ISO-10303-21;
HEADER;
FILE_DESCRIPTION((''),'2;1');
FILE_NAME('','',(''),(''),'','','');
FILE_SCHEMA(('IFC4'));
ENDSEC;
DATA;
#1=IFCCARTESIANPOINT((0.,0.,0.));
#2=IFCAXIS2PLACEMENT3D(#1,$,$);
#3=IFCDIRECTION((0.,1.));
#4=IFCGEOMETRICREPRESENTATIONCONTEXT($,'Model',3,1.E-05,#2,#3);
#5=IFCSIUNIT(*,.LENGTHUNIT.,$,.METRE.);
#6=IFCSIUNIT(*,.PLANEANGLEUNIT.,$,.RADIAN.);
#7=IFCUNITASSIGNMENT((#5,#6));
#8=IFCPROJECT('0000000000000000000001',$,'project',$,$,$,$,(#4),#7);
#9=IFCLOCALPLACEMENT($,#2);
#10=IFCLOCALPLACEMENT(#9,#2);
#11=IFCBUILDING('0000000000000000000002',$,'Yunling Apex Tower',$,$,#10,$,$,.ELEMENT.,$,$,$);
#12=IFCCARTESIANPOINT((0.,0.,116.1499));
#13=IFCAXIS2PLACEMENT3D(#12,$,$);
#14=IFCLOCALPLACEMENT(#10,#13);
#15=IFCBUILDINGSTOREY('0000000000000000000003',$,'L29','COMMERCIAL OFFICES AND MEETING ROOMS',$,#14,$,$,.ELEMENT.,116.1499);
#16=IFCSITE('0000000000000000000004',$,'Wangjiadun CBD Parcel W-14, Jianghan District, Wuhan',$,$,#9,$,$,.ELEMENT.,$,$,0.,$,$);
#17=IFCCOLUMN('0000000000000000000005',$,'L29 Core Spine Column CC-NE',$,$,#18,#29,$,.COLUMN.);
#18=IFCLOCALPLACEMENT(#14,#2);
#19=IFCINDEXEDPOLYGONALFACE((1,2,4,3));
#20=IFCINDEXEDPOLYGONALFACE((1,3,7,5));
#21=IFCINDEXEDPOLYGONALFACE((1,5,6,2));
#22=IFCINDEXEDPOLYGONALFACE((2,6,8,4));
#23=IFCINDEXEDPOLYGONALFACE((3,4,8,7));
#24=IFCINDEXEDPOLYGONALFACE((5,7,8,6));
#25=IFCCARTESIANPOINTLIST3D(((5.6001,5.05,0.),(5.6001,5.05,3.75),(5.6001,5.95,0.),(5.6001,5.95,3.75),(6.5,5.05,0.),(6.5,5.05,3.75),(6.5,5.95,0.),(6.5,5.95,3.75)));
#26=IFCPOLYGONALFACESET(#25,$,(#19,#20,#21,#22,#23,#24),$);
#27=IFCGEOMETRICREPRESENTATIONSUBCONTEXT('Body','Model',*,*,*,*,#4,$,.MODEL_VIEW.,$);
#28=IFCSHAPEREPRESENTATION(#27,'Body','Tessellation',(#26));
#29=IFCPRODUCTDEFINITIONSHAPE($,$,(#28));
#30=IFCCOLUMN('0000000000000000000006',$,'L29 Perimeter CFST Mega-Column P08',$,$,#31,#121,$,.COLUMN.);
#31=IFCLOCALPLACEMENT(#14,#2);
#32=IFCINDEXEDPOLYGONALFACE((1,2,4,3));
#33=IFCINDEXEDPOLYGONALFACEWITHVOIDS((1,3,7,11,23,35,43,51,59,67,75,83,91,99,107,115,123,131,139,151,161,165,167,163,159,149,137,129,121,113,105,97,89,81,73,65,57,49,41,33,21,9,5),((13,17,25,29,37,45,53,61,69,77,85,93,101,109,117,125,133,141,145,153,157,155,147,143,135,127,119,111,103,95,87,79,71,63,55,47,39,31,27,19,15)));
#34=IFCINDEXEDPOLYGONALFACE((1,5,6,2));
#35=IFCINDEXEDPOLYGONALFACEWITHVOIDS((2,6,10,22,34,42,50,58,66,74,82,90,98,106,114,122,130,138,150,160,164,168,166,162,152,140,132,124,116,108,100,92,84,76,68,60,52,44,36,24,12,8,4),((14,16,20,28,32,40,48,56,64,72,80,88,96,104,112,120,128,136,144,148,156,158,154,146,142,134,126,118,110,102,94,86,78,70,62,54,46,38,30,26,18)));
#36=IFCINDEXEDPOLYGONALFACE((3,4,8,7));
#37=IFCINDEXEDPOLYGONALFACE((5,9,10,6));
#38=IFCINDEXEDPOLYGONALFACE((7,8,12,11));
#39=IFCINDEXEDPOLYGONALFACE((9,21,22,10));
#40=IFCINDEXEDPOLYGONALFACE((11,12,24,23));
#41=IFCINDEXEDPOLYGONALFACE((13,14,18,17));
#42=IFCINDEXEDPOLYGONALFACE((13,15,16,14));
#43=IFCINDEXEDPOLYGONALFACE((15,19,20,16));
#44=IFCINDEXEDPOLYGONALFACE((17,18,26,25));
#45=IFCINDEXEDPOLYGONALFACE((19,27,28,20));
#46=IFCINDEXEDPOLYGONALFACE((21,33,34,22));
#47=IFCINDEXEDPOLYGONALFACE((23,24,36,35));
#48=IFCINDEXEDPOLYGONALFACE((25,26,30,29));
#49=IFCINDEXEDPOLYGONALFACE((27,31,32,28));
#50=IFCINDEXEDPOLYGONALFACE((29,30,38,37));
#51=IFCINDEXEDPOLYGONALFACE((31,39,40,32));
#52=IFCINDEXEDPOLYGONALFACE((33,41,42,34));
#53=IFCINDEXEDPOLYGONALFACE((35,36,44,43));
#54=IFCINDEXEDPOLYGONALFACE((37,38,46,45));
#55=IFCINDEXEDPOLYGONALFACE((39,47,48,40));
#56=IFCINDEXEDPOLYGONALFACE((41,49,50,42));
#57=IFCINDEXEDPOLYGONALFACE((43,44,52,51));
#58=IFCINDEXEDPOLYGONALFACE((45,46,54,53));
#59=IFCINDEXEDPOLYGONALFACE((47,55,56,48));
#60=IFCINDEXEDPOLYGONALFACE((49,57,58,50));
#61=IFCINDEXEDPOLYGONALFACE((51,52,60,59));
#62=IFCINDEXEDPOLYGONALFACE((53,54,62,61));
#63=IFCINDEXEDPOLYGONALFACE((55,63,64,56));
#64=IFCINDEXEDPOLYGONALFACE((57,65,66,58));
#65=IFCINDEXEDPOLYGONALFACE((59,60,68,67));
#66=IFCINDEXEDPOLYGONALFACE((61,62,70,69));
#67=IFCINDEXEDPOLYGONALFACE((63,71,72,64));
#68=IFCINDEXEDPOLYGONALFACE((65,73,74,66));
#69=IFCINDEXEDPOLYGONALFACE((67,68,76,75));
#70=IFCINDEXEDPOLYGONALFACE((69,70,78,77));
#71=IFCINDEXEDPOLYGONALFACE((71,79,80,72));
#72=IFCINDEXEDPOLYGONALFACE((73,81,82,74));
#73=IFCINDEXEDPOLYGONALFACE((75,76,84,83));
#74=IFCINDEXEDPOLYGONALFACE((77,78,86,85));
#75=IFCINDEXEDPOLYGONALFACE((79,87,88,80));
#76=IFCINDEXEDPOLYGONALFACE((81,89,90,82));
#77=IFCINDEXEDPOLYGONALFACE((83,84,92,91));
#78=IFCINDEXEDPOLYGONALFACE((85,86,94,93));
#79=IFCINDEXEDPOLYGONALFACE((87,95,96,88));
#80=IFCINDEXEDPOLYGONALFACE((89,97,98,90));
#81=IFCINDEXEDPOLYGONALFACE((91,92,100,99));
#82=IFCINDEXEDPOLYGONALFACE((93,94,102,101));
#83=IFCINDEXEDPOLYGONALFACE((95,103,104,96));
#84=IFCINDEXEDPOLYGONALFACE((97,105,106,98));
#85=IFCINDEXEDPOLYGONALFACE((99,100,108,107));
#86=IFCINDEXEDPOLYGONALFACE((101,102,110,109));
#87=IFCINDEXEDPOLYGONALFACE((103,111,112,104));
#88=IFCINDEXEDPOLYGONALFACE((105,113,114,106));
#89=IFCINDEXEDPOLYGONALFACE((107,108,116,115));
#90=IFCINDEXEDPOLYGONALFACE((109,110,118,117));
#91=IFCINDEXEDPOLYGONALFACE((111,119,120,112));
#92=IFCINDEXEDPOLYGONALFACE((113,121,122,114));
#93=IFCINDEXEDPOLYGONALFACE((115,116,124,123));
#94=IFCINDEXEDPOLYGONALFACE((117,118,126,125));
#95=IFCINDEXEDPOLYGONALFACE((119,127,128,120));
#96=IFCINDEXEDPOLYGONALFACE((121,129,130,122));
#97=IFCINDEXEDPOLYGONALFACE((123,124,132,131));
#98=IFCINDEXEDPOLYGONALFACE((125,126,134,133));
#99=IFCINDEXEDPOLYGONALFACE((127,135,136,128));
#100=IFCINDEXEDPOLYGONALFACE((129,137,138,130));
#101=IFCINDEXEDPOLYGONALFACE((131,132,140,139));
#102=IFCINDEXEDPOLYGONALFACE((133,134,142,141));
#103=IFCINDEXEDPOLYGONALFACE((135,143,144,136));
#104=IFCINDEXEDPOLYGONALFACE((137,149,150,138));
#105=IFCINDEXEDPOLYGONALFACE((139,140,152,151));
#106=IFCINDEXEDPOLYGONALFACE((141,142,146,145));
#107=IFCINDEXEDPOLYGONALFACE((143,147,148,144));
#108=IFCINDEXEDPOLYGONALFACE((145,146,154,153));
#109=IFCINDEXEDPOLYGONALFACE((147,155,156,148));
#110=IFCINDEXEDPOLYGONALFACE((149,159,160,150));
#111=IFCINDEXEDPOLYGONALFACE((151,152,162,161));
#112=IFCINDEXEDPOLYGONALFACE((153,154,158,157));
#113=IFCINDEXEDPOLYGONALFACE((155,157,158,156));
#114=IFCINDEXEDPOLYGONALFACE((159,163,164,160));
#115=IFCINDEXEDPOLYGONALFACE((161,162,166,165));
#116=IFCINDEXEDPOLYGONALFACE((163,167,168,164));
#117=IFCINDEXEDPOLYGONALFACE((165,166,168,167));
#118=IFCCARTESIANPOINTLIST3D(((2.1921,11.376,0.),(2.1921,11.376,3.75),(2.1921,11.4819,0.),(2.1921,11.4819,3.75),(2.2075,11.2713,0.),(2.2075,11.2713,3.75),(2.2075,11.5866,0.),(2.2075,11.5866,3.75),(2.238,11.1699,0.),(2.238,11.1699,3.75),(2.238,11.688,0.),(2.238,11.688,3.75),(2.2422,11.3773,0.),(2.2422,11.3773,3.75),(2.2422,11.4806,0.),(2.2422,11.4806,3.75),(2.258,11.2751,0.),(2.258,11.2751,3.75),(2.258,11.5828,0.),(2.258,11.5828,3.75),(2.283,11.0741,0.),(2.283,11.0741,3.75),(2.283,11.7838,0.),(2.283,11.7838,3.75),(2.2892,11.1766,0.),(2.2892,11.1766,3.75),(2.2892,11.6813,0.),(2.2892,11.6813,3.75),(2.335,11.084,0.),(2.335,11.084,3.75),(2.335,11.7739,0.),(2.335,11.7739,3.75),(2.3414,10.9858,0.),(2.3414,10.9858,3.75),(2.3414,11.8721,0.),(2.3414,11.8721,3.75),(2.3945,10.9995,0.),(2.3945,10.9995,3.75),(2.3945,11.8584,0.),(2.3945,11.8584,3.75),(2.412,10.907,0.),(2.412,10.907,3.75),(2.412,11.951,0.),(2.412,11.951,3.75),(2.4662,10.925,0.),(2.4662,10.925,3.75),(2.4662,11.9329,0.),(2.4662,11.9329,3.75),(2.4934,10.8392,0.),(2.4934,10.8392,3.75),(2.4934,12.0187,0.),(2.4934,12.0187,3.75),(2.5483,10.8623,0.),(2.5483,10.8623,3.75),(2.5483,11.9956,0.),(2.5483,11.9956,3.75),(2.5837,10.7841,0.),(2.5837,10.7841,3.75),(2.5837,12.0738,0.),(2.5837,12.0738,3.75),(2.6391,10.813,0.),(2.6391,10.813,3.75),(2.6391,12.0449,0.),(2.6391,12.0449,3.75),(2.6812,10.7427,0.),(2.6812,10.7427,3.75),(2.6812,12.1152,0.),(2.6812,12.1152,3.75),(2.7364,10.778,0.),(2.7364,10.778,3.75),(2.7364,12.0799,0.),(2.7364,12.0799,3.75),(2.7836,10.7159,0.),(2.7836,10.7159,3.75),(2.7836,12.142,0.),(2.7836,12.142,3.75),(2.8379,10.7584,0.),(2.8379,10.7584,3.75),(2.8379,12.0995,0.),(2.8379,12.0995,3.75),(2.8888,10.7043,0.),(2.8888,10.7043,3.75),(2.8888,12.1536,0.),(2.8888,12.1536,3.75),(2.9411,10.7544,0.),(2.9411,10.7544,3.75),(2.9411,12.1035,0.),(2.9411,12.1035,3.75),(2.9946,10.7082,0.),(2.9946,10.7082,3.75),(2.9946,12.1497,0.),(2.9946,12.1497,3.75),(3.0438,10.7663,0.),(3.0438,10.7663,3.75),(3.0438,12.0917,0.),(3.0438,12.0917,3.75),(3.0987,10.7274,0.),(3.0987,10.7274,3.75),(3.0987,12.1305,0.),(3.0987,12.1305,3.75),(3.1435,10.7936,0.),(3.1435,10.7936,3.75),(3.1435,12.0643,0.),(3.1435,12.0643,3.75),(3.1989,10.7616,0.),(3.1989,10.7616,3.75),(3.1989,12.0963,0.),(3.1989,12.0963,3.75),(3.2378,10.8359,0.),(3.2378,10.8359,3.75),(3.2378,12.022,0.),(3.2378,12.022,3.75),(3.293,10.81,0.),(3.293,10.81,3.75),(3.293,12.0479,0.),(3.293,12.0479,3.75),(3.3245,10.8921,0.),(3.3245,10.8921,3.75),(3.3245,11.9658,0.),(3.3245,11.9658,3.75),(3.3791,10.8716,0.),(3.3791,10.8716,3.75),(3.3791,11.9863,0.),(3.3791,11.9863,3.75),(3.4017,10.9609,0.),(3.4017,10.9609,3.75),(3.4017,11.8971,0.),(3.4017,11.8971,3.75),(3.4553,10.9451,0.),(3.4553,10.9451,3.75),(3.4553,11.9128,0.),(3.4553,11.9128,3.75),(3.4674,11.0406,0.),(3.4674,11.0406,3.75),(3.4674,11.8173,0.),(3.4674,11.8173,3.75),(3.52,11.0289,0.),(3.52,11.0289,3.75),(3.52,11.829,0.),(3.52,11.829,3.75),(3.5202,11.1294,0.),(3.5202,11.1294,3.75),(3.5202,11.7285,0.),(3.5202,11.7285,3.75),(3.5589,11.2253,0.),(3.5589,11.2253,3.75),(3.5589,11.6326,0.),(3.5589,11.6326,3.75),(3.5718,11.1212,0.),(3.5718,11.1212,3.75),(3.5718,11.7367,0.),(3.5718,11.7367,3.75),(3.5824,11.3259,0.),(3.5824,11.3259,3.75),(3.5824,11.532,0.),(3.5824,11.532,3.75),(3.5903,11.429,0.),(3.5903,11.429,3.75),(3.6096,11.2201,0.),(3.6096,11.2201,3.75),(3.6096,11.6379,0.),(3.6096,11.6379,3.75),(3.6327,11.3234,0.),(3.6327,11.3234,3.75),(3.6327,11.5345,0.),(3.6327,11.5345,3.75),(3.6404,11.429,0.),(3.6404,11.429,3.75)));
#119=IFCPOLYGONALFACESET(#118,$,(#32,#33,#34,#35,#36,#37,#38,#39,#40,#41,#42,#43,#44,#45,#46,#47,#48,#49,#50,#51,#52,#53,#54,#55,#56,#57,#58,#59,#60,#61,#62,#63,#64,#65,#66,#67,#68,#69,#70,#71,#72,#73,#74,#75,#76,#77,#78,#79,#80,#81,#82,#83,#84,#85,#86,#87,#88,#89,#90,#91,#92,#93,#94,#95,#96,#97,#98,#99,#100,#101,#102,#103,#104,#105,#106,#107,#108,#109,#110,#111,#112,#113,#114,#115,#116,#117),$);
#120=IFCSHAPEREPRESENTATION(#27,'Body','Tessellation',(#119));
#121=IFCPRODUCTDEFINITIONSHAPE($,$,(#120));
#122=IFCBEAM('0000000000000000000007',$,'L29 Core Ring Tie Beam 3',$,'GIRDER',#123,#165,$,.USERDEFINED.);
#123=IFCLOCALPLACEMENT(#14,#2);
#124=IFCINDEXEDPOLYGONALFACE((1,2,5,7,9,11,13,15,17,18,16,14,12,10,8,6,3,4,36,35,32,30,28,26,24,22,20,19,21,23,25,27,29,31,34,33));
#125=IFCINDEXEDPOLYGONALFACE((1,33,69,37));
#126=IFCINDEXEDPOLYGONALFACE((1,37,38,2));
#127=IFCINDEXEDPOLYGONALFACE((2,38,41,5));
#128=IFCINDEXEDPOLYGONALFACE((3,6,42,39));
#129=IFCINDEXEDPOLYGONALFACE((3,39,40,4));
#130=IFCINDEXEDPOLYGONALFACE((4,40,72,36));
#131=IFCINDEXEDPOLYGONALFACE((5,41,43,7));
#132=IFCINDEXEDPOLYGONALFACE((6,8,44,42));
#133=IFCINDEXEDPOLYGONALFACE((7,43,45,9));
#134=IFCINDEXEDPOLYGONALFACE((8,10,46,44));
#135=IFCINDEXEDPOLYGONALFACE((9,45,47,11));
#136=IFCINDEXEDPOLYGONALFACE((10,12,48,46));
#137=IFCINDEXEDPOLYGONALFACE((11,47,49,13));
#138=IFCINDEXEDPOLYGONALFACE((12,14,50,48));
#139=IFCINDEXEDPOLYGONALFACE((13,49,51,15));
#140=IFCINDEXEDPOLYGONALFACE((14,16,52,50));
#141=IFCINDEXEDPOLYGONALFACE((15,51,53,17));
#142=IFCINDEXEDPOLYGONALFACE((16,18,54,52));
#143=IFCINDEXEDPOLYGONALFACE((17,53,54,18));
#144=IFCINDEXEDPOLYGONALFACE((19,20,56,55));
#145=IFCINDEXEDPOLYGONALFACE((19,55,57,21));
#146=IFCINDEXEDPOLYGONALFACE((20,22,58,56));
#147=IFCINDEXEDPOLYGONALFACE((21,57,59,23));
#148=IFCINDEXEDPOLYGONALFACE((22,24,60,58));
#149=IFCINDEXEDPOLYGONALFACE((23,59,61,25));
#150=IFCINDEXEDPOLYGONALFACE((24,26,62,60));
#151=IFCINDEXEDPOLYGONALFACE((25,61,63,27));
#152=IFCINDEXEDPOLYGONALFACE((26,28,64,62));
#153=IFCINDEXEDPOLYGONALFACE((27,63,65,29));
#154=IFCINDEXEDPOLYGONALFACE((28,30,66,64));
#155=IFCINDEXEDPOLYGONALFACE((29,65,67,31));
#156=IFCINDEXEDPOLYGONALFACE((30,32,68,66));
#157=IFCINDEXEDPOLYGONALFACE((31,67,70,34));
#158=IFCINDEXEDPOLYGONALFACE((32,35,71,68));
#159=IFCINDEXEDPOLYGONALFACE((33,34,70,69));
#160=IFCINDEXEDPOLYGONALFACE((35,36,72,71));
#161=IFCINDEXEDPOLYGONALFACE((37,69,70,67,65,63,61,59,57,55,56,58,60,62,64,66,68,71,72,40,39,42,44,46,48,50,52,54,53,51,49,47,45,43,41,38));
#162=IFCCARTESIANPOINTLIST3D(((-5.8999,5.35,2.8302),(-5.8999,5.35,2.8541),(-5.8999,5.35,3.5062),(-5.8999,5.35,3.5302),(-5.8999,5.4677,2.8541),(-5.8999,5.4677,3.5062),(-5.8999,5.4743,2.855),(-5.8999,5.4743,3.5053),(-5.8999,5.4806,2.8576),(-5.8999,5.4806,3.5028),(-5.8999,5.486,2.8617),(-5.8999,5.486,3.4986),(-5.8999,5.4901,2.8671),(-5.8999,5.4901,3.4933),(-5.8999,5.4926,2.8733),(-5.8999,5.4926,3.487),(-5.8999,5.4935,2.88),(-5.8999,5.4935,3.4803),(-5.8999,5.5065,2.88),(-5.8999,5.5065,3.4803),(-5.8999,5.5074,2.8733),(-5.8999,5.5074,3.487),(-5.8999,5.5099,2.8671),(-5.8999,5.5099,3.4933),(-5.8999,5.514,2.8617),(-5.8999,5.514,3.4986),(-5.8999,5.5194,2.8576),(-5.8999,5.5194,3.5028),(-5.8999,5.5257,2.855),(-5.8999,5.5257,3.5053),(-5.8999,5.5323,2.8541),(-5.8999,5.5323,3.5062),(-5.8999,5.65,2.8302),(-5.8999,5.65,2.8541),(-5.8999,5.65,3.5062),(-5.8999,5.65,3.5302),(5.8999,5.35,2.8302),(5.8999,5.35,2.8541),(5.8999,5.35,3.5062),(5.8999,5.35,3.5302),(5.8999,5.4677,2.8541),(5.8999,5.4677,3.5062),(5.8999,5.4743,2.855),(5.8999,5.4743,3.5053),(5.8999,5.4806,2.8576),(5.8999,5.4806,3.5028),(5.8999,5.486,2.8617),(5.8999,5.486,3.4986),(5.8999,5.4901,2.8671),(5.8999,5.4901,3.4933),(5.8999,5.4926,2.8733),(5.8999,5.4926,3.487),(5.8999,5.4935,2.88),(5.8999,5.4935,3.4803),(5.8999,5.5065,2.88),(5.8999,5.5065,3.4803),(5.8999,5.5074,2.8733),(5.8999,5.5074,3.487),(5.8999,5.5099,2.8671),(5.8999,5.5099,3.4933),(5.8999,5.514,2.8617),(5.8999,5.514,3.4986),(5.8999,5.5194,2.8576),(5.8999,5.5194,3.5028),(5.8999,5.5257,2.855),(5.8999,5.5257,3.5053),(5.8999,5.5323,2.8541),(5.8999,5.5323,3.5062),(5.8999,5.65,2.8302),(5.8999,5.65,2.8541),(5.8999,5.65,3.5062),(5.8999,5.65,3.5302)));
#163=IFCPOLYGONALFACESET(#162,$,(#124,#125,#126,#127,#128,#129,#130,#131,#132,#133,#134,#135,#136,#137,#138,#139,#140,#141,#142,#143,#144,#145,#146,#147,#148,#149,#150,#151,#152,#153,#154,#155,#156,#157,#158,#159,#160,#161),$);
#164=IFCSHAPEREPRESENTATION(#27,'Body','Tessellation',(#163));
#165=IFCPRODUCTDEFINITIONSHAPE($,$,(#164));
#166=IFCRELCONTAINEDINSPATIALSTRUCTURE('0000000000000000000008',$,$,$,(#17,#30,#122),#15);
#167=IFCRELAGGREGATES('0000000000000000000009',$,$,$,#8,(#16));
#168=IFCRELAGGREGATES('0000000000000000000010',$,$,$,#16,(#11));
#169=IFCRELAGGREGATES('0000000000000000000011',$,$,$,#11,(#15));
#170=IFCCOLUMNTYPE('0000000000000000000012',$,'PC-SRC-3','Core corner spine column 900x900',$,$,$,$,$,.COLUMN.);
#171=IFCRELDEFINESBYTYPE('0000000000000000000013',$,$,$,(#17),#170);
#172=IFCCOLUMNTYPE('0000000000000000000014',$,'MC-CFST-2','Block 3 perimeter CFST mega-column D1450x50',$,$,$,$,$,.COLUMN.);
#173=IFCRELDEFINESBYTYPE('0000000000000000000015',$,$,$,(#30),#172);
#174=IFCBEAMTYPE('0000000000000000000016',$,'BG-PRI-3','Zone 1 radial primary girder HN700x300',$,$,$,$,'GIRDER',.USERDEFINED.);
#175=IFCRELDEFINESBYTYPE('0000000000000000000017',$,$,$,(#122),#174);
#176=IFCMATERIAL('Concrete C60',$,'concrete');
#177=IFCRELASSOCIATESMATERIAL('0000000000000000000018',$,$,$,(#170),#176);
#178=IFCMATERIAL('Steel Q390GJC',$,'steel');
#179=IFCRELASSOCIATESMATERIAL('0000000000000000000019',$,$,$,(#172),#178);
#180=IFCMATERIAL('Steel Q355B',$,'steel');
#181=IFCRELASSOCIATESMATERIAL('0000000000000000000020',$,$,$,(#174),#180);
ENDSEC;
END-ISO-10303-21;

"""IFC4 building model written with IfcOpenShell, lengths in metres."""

from ifc_helpers import new_model, si_unit, direction, frame, origin, origin_2d, place, context, subcontext, project, spatial, rectangle, hollow_circle, i_section, extrude, source, transform, mapped, material, material_profile, profile_set, type_object, element, save


model = new_model("IFC4")

# Units and contexts
model_context = context("Model", 3, precision=1e-05, world=origin(), true_north=direction((0.0, 1.0)))
body_context = subcontext(model_context, "Body", "Model", "MODEL_VIEW")
ifc_project = project(units=[si_unit("LENGTHUNIT", "METRE"), si_unit("PLANEANGLEUNIT", "RADIAN")], contexts=[model_context])

# Site, building, storey
site_placement = place(None, origin())
site = spatial("IfcSite", under=ifc_project, at=site_placement, Name="Wangjiadun CBD Parcel W-14, Jianghan District, Wuhan", CompositionType="ELEMENT", RefElevation=0.0)
building_placement = place(site_placement, origin())
building = spatial("IfcBuilding", under=site, at=building_placement, Name="Yunling Apex Tower", CompositionType="ELEMENT")
storey_placement = place(building_placement, frame((0.0, 0.0, 116.1499)))
storey = spatial("IfcBuildingStorey", under=building, at=storey_placement, Name="L29", Description="COMMERCIAL OFFICES AND MEETING ROOMS", CompositionType="ELEMENT", Elevation=116.1499)

# Columns
ifc_material_1 = material(Name="Concrete C60", Category="concrete")
ifc_material_profile_1 = material_profile(ifc_material_1, rectangle(XDim=0.8999, YDim=0.8999, at=origin_2d()))
ifc_profile_set_1 = profile_set([ifc_material_profile_1], Name="Concrete C60")
column_type_1 = type_object("IfcColumnType", Name="PC-SRC-3", Description="Core corner spine column 900x900", PredefinedType="COLUMN", material=ifc_profile_set_1)
shared_shape_1 = source(origin(), body_context, "Body", "SweptSolid", [
    extrude(rectangle(XDim=0.8999, YDim=0.8999, at=origin_2d()), origin(), (0.0, 0.0, 1.0), 3.75),
])
column_1_placement = place(storey_placement, frame((6.05, 5.5, 0.0), z_axis=(0.0, 0.0, 1.0), x_axis=(1.0, 0.0, 0.0)))
element("IfcColumn", 1, at=column_1_placement, inside=storey, type_object=column_type_1, Name="L29 Core Spine Column CC-NE", PredefinedType="COLUMN", context=body_context, shape_type="MappedRepresentation", body=[
    mapped(shared_shape_1, transform((0.0, 0.0, 0.0), scale=1.0)),
])
ifc_material_2 = material(Name="Steel Q390GJC", Category="steel")
ifc_material_profile_2 = material_profile(ifc_material_2, hollow_circle(Radius=0.7251, WallThickness=0.05, at=origin_2d()))
ifc_profile_set_2 = profile_set([ifc_material_profile_2], Name="Steel Q390GJC")
column_type_2 = type_object("IfcColumnType", Name="MC-CFST-2", Description="Block 3 perimeter CFST mega-column D1450x50", PredefinedType="COLUMN", material=ifc_profile_set_2)
shared_shape_2 = source(origin(), body_context, "Body", "SweptSolid", [
    extrude(hollow_circle(Radius=0.7251, WallThickness=0.05, at=origin_2d()), origin(), (0.0, 0.0, 1.0), 3.75),
])
column_2_placement = place(storey_placement, frame((2.9153, 11.429, 0.0), z_axis=(0.0, 0.0, 1.0), x_axis=(1.0, 0.0, 0.0)))
element("IfcColumn", 2, at=column_2_placement, inside=storey, type_object=column_type_2, Name="L29 Perimeter CFST Mega-Column P08", PredefinedType="COLUMN", context=body_context, shape_type="MappedRepresentation", body=[
    mapped(shared_shape_2, transform((0.0, 0.0, 0.0), scale=1.0)),
])

# Beam
ifc_material_3 = material(Name="Steel Q355B", Category="steel")
ifc_material_profile_3 = material_profile(ifc_material_3, i_section(OverallWidth=0.3, OverallDepth=0.7, WebThickness=0.0129, FlangeThickness=0.0239, FilletRadius=0.0259, at=origin_2d()))
ifc_profile_set_3 = profile_set([ifc_material_profile_3], Name="Steel Q355B")
beam_type_1 = type_object("IfcBeamType", Name="BG-PRI-3", Description="Zone 1 radial primary girder HN700x300", ElementType="GIRDER", PredefinedType="USERDEFINED", material=ifc_profile_set_3)
shared_shape_3 = source(origin(), body_context, "Body", "SweptSolid", [
    extrude(i_section(OverallWidth=0.3, OverallDepth=0.7, WebThickness=0.0129, FlangeThickness=0.0239, FilletRadius=0.0259, at=origin_2d()), origin(), (0.0, 0.0, 1.0), 11.7998),
])
beam_1_placement = place(storey_placement, frame((5.8999, 5.5, 3.1802), z_axis=(-1.0, 0.0, 0.0), x_axis=(0.0, -1.0, 0.0)))
element("IfcBeam", 3, at=beam_1_placement, inside=storey, type_object=beam_type_1, Name="L29 Core Ring Tie Beam 3", ObjectType="GIRDER", PredefinedType="USERDEFINED", context=body_context, shape_type="MappedRepresentation", body=[
    mapped(shared_shape_3, transform((0.0, 0.0, 0.0), scale=1.0)),
])

save(model, "model.ifc")
